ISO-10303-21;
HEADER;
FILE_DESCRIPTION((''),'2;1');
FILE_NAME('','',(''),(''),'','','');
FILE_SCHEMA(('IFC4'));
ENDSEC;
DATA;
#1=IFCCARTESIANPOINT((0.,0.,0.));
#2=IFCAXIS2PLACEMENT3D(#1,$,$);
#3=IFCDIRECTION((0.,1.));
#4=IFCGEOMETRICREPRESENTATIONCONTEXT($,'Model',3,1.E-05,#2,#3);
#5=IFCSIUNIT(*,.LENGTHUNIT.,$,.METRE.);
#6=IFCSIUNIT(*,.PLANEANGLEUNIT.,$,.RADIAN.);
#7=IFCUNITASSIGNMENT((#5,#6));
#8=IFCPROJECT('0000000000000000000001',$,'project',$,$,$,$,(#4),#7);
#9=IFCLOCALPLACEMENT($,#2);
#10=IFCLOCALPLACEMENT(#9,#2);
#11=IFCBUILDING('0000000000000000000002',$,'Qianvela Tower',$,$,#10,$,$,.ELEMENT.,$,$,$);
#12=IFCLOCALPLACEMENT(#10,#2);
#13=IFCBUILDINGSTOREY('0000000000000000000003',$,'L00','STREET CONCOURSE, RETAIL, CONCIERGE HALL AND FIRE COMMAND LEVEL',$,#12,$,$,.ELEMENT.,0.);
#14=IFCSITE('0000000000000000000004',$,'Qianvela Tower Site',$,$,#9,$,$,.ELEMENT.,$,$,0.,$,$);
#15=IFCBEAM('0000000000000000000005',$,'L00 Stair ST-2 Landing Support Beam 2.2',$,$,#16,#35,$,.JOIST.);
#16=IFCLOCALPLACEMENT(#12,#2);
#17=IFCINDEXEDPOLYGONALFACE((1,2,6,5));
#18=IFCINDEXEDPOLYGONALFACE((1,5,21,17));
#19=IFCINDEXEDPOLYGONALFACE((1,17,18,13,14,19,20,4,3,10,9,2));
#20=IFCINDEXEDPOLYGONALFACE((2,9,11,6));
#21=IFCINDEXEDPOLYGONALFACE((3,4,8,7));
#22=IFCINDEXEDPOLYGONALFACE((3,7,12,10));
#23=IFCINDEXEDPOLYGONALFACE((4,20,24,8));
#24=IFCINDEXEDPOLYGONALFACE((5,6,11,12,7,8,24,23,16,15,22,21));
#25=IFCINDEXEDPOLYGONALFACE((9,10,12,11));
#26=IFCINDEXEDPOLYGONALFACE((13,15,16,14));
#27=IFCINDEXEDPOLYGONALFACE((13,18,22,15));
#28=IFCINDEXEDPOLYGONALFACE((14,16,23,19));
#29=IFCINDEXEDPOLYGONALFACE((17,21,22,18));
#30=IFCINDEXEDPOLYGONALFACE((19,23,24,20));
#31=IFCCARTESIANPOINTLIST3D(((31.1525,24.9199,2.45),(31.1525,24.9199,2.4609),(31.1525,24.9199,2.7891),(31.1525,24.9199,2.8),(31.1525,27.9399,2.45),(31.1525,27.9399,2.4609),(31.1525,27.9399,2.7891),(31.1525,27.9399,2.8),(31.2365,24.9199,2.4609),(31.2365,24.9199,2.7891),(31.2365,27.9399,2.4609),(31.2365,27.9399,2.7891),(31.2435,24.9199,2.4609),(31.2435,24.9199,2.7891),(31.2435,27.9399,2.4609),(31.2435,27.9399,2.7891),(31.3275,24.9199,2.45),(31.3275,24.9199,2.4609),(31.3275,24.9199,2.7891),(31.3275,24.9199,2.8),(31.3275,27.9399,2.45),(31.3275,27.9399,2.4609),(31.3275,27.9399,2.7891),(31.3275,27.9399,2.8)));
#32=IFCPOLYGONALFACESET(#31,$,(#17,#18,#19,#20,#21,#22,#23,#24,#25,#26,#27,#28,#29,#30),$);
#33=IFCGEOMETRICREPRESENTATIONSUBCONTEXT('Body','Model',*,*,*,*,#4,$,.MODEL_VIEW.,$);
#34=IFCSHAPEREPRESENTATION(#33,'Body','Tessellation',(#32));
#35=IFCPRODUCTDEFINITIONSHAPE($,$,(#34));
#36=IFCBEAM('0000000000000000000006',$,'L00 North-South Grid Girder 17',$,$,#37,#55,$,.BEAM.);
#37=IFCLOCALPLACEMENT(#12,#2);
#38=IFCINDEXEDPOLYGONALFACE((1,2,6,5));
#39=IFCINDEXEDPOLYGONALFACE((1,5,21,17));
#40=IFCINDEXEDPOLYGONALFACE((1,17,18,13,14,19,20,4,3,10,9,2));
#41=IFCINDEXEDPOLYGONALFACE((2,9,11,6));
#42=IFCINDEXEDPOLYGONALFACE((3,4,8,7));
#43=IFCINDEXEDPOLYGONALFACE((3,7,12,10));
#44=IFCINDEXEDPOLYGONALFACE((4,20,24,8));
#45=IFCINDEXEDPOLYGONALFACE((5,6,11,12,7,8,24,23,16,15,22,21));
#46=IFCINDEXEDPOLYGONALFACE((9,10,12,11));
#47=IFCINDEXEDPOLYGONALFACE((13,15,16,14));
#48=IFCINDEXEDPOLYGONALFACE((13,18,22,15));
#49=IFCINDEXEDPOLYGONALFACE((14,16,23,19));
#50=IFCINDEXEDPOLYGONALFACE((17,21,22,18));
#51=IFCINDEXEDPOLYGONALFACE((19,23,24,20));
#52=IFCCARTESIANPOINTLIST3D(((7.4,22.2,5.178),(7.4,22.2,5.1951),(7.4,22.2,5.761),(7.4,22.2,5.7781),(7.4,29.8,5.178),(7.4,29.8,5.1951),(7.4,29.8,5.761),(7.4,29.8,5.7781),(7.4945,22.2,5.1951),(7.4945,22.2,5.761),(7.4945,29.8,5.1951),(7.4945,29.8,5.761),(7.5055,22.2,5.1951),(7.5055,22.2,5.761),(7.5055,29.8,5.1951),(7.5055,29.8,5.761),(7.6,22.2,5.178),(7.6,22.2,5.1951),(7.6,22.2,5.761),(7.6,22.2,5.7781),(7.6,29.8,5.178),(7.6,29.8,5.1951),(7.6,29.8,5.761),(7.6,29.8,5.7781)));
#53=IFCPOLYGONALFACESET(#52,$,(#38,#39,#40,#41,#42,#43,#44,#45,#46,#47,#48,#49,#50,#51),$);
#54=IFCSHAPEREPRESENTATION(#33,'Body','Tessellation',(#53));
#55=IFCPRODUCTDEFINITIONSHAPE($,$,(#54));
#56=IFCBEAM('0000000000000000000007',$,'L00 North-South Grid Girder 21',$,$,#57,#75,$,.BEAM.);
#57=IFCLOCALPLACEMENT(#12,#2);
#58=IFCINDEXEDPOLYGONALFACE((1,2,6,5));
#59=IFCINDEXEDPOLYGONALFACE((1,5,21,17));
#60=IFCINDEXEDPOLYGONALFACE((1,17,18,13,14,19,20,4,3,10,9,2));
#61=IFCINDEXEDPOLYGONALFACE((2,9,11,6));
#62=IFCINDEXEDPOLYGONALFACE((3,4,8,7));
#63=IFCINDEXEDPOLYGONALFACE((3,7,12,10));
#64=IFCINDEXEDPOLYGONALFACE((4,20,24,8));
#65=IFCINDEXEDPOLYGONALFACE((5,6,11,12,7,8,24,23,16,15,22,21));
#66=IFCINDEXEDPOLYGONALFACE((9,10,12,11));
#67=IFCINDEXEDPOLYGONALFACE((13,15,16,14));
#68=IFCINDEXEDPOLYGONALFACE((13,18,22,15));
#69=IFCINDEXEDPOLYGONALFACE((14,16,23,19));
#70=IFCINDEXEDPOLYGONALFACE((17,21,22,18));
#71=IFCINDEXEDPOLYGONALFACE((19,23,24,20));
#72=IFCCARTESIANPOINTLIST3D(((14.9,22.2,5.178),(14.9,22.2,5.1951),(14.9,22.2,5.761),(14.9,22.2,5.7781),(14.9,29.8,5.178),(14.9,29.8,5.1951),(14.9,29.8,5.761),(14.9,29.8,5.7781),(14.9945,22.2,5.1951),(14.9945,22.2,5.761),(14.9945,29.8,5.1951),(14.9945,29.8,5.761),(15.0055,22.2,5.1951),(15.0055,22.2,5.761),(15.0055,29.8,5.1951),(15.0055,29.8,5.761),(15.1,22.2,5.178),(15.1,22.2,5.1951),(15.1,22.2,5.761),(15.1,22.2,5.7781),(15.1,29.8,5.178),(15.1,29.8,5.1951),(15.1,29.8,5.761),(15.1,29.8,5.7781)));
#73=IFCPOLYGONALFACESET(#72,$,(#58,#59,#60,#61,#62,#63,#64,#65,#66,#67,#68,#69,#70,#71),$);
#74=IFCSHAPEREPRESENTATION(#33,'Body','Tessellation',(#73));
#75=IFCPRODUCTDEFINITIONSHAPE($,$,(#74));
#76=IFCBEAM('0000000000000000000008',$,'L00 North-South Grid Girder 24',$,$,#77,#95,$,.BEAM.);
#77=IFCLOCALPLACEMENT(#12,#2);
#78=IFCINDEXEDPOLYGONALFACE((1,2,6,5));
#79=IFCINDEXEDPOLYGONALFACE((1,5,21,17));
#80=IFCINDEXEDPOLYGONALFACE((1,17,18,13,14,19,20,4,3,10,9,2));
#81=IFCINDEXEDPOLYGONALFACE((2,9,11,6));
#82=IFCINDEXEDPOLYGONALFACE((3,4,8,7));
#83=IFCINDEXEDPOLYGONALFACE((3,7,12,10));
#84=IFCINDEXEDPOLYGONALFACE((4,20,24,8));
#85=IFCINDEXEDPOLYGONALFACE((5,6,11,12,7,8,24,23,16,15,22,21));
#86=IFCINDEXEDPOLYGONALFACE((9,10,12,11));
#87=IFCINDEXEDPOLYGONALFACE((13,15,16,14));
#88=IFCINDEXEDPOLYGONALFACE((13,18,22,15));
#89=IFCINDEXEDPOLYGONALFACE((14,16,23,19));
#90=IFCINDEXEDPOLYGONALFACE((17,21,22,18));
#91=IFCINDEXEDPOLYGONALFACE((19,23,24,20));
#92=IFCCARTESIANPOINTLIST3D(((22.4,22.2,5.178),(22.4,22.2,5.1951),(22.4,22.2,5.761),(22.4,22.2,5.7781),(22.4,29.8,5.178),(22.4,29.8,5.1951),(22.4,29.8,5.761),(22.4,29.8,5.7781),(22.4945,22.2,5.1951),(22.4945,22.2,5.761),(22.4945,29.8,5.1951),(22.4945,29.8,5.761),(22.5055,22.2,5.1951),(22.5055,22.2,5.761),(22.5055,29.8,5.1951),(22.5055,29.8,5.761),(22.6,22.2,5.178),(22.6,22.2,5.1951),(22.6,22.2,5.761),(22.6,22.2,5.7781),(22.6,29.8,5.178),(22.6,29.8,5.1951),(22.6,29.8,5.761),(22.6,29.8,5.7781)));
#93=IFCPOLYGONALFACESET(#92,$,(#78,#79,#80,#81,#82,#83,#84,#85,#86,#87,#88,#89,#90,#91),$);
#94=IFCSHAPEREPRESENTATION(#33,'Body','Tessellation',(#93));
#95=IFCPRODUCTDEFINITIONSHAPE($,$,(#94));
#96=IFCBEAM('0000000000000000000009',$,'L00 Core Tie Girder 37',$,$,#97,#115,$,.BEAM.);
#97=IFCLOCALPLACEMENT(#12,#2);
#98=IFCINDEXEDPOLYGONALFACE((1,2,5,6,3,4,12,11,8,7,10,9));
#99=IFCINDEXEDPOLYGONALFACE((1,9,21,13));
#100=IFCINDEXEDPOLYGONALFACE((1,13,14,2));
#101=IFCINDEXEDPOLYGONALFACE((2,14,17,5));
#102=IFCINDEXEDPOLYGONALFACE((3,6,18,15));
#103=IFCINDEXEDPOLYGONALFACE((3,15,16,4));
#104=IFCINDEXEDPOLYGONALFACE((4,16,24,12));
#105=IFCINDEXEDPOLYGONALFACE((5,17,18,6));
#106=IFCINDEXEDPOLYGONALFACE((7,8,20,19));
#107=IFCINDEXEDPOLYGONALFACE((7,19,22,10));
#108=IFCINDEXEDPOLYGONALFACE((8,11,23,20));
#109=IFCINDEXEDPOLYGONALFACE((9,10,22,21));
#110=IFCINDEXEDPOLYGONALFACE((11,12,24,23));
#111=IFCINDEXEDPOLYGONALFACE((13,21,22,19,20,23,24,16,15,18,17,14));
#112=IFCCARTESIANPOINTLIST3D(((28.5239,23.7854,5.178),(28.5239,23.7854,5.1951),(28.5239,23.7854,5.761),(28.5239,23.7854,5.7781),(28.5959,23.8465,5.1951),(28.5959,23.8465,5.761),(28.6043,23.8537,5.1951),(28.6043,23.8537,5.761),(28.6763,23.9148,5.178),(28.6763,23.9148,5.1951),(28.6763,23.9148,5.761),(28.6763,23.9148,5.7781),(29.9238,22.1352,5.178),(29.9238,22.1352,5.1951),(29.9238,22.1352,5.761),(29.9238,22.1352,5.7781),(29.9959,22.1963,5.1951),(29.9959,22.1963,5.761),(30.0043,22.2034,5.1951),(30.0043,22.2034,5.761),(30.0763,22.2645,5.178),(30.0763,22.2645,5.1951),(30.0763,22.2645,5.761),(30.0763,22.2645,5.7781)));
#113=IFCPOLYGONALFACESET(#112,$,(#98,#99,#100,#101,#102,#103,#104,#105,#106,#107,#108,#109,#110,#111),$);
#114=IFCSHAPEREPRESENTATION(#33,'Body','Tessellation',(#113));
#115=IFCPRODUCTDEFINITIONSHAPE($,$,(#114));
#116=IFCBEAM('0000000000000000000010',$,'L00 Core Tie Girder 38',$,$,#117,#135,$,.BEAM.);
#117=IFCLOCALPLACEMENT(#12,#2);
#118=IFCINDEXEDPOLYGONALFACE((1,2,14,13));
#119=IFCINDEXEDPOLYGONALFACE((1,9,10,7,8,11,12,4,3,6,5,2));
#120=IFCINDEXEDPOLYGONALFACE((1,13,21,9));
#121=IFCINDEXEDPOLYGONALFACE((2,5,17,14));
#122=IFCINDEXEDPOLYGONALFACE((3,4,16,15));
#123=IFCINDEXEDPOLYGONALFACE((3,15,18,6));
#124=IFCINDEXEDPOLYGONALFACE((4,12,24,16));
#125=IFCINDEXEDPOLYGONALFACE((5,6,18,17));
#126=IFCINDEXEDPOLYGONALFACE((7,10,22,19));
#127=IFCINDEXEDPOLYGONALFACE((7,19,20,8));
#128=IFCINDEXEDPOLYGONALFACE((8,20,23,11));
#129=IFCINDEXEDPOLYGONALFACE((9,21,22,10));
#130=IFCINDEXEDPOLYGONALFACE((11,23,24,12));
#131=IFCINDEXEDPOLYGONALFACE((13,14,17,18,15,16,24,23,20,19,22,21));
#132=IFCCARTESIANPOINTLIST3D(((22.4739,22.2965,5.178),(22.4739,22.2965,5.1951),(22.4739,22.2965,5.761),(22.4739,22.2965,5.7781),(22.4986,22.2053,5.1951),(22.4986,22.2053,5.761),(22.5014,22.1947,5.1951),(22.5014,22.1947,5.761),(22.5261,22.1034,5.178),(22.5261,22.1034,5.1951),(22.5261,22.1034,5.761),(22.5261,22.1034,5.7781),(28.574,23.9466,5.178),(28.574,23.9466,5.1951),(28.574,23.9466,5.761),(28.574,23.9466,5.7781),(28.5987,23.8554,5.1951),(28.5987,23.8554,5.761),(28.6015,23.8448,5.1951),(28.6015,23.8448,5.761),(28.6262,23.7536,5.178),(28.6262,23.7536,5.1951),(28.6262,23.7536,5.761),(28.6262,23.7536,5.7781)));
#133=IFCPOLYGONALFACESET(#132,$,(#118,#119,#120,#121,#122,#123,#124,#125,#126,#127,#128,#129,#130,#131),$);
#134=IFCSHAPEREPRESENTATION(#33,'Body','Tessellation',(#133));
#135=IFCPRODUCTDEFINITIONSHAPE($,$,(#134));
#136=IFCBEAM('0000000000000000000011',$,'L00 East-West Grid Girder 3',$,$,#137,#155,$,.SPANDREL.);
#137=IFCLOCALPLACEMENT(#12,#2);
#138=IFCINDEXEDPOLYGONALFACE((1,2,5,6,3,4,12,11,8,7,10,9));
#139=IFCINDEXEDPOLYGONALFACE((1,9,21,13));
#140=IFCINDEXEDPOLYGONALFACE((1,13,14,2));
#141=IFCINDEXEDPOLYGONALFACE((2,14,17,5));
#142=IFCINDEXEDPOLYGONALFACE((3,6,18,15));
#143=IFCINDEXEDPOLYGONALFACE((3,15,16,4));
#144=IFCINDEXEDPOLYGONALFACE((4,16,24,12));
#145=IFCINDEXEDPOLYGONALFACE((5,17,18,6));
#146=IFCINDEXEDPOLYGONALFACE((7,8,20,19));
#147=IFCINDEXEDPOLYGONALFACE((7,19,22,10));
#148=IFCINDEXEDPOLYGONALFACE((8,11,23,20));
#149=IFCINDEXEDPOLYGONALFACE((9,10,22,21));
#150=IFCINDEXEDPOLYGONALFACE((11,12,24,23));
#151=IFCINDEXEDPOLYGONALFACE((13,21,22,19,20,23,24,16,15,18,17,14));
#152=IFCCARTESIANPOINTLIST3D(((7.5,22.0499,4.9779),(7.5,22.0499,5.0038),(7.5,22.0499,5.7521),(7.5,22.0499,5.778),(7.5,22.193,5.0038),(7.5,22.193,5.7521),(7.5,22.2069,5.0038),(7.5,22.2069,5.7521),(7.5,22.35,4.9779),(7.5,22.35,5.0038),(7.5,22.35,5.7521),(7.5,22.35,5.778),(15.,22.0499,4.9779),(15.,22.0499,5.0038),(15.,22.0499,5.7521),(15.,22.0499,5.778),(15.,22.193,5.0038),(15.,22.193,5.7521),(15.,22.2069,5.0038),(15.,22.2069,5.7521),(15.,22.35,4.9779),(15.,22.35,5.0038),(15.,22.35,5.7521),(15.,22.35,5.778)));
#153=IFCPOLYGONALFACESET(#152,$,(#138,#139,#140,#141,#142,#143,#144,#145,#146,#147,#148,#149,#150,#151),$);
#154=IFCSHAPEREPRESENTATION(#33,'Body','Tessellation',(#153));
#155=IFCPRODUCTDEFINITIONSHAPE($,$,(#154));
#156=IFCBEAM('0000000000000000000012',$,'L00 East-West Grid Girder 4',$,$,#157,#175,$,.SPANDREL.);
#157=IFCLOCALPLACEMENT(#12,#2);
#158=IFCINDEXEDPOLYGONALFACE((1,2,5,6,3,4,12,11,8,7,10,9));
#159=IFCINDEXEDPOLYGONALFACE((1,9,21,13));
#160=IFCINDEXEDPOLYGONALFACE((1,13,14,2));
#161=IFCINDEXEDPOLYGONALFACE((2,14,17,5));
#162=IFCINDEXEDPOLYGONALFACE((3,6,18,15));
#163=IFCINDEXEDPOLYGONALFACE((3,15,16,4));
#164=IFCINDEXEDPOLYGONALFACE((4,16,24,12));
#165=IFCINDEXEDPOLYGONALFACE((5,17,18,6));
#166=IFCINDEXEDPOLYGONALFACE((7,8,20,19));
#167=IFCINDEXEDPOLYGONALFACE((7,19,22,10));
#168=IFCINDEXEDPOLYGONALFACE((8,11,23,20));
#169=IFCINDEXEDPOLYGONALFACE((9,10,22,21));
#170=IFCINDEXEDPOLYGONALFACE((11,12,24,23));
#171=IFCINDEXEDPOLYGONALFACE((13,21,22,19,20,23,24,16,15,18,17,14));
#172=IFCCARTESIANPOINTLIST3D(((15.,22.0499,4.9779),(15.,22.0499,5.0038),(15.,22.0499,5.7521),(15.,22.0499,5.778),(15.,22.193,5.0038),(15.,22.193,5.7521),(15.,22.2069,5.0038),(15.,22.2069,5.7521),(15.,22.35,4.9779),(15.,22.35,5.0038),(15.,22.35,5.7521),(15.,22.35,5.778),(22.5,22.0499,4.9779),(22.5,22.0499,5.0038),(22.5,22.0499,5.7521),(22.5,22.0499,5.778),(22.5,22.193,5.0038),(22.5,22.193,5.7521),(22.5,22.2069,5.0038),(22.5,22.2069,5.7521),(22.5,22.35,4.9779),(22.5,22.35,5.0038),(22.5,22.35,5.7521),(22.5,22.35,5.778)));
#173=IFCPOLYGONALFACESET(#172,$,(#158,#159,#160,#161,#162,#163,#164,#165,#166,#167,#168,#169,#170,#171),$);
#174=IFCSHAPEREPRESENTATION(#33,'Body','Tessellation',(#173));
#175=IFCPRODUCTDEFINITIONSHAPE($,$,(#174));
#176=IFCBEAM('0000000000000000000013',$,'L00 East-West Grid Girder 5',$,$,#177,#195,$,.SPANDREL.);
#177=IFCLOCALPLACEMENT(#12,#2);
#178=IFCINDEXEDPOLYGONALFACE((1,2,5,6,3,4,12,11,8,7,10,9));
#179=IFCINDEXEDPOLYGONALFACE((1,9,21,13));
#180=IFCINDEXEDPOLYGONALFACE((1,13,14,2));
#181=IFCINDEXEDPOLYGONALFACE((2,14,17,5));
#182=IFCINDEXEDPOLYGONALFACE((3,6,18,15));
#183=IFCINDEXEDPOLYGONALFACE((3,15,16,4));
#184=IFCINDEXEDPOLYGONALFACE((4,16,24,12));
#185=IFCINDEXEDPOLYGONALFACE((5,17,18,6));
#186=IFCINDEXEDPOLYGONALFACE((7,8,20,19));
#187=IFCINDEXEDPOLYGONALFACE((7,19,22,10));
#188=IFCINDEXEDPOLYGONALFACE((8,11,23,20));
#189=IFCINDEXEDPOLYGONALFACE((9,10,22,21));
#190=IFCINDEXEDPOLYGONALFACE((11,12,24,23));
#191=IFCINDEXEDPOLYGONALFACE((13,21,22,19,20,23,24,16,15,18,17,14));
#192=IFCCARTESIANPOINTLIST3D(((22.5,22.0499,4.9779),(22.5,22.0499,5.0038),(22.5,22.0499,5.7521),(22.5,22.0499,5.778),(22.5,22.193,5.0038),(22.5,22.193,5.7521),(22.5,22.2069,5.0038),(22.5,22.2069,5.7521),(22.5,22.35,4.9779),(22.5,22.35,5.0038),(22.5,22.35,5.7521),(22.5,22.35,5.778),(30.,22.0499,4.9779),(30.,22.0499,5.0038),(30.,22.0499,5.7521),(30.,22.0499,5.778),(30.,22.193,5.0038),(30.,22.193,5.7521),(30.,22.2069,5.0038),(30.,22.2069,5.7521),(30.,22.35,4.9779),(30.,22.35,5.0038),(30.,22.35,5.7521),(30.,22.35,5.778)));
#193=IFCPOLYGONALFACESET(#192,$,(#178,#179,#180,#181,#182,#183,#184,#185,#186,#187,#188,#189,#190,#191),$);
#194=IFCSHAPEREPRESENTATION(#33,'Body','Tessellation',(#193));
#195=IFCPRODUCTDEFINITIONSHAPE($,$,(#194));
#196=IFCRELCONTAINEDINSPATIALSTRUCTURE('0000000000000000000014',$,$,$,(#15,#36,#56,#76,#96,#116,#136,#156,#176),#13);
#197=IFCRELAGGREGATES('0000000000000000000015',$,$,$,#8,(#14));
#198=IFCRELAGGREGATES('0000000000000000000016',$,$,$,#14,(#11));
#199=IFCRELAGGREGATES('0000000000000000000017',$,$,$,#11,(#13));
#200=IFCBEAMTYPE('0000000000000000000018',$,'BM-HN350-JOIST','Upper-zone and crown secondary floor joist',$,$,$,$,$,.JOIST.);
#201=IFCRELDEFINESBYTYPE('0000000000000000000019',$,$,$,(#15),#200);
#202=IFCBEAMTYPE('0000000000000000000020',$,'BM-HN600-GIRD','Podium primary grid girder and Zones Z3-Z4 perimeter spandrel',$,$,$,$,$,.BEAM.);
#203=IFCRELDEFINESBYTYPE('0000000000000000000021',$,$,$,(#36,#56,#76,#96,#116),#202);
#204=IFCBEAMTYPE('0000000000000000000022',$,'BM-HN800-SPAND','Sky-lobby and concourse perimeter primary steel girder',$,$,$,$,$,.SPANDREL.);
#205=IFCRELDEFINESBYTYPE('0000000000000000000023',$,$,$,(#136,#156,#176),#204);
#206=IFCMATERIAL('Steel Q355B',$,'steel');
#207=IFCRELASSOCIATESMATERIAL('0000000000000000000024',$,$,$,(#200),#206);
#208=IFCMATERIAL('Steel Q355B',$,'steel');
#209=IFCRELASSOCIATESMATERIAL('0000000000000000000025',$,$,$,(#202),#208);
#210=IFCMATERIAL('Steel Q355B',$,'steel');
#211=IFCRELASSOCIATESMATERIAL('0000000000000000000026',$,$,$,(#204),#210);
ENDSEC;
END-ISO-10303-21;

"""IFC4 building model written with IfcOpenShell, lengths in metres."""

from ifc_helpers import new_model, si_unit, direction, frame, origin, origin_2d, place, context, subcontext, project, spatial, i_section, extrude, material, material_profile, profile_set, type_object, element, save


model = new_model("IFC4")

# Units and contexts
model_context = context("Model", 3, precision=1e-05, world=origin(), true_north=direction((0.0, 1.0)))
body_context = subcontext(model_context, "Body", "Model", "MODEL_VIEW")
ifc_project = project(units=[si_unit("LENGTHUNIT", "METRE"), si_unit("PLANEANGLEUNIT", "RADIAN")], contexts=[model_context])

# Site, building, storey
site_placement = place(None, origin())
site = spatial("IfcSite", under=ifc_project, at=site_placement, Name="Qianvela Tower Site", CompositionType="ELEMENT", RefElevation=0.0)
building_placement = place(site_placement, origin())
building = spatial("IfcBuilding", under=site, at=building_placement, Name="Qianvela Tower", CompositionType="ELEMENT")
storey_placement = place(building_placement, origin())
storey = spatial("IfcBuildingStorey", under=building, at=storey_placement, Name="L00", Description="STREET CONCOURSE, RETAIL, CONCIERGE HALL AND FIRE COMMAND LEVEL", CompositionType="ELEMENT", Elevation=0.0)

# Beams
ifc_material_1 = material(Name="Steel Q355B", Category="steel")
ifc_material_profile_1 = material_profile(ifc_material_1, i_section(OverallWidth=0.175, OverallDepth=0.3501, WebThickness=0.0071, FlangeThickness=0.011, at=origin_2d()), Name="HN350x175x7x11")
ifc_profile_set_1 = profile_set([ifc_material_profile_1], Name="Steel Q355B")
beam_type_1 = type_object("IfcBeamType", Name="BM-HN350-JOIST", Description="Upper-zone and crown secondary floor joist", PredefinedType="JOIST", material=ifc_profile_set_1)
for number, where, z_axis, x_axis, name in (
    (1, (31.24, 24.9199, 2.625), (0.0, 1.0, 0.0), (-1.0, 0.0, 0.0), "L00 Stair ST-2 Landing Support Beam 2.2"),
):
    element("IfcBeam", number, at=place(storey_placement, frame(where, z_axis=z_axis, x_axis=x_axis)), inside=storey, type_object=beam_type_1, Name=name, PredefinedType="JOIST", context=body_context, shape_type="SweptSolid", body=[
        extrude(i_section(OverallWidth=0.175, OverallDepth=0.3501, WebThickness=0.0071, FlangeThickness=0.011, at=origin_2d()), origin(), (0.0, 0.0, 1.0), 3.02),
    ])
ifc_material_2 = material(Name="Steel Q355B", Category="steel")
ifc_material_profile_2 = material_profile(ifc_material_2, i_section(OverallWidth=0.2, OverallDepth=0.6001, WebThickness=0.011, FlangeThickness=0.0171, at=origin_2d()), Name="HN600x200x11x17")
ifc_profile_set_2 = profile_set([ifc_material_profile_2], Name="Steel Q355B")
beam_type_2 = type_object("IfcBeamType", Name="BM-HN600-GIRD", Description="Podium primary grid girder and Zones Z3-Z4 perimeter spandrel", PredefinedType="BEAM", material=ifc_profile_set_2)
for number, where, z_axis, x_axis, name in (
    (2, (7.5, 22.2, 5.478), (0.0, 1.0, 0.0), (-1.0, 0.0, 0.0), "L00 North-South Grid Girder 17"),
    (3, (15.0, 22.2, 5.478), (0.0, 1.0, 0.0), (-1.0, 0.0, 0.0), "L00 North-South Grid Girder 21"),
    (4, (22.5, 22.2, 5.478), (0.0, 1.0, 0.0), (-1.0, 0.0, 0.0), "L00 North-South Grid Girder 24"),
):
    element("IfcBeam", number, at=place(storey_placement, frame(where, z_axis=z_axis, x_axis=x_axis)), inside=storey, type_object=beam_type_2, Name=name, PredefinedType="BEAM", context=body_context, shape_type="SweptSolid", body=[
        extrude(i_section(OverallWidth=0.2, OverallDepth=0.6001, WebThickness=0.011, FlangeThickness=0.0171, at=origin_2d()), origin(), (0.0, 0.0, 1.0), 7.6001),
    ])
beam_1_placement = place(storey_placement, frame((28.6001, 23.8501, 5.478), z_axis=(0.646918, -0.76256, 0.0), x_axis=(0.76256, 0.646918, 0.0)))
element("IfcBeam", 5, at=beam_1_placement, inside=storey, type_object=beam_type_2, Name="L00 Core Tie Girder 37", PredefinedType="BEAM", context=body_context, shape_type="SweptSolid", body=[
    extrude(i_section(OverallWidth=0.2, OverallDepth=0.6001, WebThickness=0.011, FlangeThickness=0.0171, at=origin_2d()), origin(), (0.0, 0.0, 1.0), 2.1641),
])
beam_2_placement = place(storey_placement, frame((28.6001, 23.8501, 5.478), z_axis=(-0.965305, -0.261126, 0.0), x_axis=(0.261126, -0.965305, 0.0)))
element("IfcBeam", 6, at=beam_2_placement, inside=storey, type_object=beam_type_2, Name="L00 Core Tie Girder 38", PredefinedType="BEAM", context=body_context, shape_type="SweptSolid", body=[
    extrude(i_section(OverallWidth=0.2, OverallDepth=0.6001, WebThickness=0.011, FlangeThickness=0.0171, at=origin_2d()), origin(), (0.0, 0.0, 1.0), 6.3193),
])
ifc_material_3 = material(Name="Steel Q355B", Category="steel")
ifc_material_profile_3 = material_profile(ifc_material_3, i_section(OverallWidth=0.3, OverallDepth=0.8, WebThickness=0.0139, FlangeThickness=0.0259, at=origin_2d()), Name="HN800x300x14x26")
ifc_profile_set_3 = profile_set([ifc_material_profile_3], Name="Steel Q355B")
beam_type_3 = type_object("IfcBeamType", Name="BM-HN800-SPAND", Description="Sky-lobby and concourse perimeter primary steel girder", PredefinedType="SPANDREL", material=ifc_profile_set_3)
for number, where, z_axis, x_axis, name in (
    (7, (7.5, 22.2, 5.3779), (1.0, 0.0, 0.0), (0.0, 1.0, 0.0), "L00 East-West Grid Girder 3"),
    (8, (15.0, 22.2, 5.3779), (1.0, 0.0, 0.0), (0.0, 1.0, 0.0), "L00 East-West Grid Girder 4"),
    (9, (22.5, 22.2, 5.3779), (1.0, 0.0, 0.0), (0.0, 1.0, 0.0), "L00 East-West Grid Girder 5"),
):
    element("IfcBeam", number, at=place(storey_placement, frame(where, z_axis=z_axis, x_axis=x_axis)), inside=storey, type_object=beam_type_3, Name=name, PredefinedType="SPANDREL", context=body_context, shape_type="SweptSolid", body=[
        extrude(i_section(OverallWidth=0.3, OverallDepth=0.8, WebThickness=0.0139, FlangeThickness=0.0259, at=origin_2d()), origin(), (0.0, 0.0, 1.0), 7.5),
    ])

save(model, "model.ifc")
